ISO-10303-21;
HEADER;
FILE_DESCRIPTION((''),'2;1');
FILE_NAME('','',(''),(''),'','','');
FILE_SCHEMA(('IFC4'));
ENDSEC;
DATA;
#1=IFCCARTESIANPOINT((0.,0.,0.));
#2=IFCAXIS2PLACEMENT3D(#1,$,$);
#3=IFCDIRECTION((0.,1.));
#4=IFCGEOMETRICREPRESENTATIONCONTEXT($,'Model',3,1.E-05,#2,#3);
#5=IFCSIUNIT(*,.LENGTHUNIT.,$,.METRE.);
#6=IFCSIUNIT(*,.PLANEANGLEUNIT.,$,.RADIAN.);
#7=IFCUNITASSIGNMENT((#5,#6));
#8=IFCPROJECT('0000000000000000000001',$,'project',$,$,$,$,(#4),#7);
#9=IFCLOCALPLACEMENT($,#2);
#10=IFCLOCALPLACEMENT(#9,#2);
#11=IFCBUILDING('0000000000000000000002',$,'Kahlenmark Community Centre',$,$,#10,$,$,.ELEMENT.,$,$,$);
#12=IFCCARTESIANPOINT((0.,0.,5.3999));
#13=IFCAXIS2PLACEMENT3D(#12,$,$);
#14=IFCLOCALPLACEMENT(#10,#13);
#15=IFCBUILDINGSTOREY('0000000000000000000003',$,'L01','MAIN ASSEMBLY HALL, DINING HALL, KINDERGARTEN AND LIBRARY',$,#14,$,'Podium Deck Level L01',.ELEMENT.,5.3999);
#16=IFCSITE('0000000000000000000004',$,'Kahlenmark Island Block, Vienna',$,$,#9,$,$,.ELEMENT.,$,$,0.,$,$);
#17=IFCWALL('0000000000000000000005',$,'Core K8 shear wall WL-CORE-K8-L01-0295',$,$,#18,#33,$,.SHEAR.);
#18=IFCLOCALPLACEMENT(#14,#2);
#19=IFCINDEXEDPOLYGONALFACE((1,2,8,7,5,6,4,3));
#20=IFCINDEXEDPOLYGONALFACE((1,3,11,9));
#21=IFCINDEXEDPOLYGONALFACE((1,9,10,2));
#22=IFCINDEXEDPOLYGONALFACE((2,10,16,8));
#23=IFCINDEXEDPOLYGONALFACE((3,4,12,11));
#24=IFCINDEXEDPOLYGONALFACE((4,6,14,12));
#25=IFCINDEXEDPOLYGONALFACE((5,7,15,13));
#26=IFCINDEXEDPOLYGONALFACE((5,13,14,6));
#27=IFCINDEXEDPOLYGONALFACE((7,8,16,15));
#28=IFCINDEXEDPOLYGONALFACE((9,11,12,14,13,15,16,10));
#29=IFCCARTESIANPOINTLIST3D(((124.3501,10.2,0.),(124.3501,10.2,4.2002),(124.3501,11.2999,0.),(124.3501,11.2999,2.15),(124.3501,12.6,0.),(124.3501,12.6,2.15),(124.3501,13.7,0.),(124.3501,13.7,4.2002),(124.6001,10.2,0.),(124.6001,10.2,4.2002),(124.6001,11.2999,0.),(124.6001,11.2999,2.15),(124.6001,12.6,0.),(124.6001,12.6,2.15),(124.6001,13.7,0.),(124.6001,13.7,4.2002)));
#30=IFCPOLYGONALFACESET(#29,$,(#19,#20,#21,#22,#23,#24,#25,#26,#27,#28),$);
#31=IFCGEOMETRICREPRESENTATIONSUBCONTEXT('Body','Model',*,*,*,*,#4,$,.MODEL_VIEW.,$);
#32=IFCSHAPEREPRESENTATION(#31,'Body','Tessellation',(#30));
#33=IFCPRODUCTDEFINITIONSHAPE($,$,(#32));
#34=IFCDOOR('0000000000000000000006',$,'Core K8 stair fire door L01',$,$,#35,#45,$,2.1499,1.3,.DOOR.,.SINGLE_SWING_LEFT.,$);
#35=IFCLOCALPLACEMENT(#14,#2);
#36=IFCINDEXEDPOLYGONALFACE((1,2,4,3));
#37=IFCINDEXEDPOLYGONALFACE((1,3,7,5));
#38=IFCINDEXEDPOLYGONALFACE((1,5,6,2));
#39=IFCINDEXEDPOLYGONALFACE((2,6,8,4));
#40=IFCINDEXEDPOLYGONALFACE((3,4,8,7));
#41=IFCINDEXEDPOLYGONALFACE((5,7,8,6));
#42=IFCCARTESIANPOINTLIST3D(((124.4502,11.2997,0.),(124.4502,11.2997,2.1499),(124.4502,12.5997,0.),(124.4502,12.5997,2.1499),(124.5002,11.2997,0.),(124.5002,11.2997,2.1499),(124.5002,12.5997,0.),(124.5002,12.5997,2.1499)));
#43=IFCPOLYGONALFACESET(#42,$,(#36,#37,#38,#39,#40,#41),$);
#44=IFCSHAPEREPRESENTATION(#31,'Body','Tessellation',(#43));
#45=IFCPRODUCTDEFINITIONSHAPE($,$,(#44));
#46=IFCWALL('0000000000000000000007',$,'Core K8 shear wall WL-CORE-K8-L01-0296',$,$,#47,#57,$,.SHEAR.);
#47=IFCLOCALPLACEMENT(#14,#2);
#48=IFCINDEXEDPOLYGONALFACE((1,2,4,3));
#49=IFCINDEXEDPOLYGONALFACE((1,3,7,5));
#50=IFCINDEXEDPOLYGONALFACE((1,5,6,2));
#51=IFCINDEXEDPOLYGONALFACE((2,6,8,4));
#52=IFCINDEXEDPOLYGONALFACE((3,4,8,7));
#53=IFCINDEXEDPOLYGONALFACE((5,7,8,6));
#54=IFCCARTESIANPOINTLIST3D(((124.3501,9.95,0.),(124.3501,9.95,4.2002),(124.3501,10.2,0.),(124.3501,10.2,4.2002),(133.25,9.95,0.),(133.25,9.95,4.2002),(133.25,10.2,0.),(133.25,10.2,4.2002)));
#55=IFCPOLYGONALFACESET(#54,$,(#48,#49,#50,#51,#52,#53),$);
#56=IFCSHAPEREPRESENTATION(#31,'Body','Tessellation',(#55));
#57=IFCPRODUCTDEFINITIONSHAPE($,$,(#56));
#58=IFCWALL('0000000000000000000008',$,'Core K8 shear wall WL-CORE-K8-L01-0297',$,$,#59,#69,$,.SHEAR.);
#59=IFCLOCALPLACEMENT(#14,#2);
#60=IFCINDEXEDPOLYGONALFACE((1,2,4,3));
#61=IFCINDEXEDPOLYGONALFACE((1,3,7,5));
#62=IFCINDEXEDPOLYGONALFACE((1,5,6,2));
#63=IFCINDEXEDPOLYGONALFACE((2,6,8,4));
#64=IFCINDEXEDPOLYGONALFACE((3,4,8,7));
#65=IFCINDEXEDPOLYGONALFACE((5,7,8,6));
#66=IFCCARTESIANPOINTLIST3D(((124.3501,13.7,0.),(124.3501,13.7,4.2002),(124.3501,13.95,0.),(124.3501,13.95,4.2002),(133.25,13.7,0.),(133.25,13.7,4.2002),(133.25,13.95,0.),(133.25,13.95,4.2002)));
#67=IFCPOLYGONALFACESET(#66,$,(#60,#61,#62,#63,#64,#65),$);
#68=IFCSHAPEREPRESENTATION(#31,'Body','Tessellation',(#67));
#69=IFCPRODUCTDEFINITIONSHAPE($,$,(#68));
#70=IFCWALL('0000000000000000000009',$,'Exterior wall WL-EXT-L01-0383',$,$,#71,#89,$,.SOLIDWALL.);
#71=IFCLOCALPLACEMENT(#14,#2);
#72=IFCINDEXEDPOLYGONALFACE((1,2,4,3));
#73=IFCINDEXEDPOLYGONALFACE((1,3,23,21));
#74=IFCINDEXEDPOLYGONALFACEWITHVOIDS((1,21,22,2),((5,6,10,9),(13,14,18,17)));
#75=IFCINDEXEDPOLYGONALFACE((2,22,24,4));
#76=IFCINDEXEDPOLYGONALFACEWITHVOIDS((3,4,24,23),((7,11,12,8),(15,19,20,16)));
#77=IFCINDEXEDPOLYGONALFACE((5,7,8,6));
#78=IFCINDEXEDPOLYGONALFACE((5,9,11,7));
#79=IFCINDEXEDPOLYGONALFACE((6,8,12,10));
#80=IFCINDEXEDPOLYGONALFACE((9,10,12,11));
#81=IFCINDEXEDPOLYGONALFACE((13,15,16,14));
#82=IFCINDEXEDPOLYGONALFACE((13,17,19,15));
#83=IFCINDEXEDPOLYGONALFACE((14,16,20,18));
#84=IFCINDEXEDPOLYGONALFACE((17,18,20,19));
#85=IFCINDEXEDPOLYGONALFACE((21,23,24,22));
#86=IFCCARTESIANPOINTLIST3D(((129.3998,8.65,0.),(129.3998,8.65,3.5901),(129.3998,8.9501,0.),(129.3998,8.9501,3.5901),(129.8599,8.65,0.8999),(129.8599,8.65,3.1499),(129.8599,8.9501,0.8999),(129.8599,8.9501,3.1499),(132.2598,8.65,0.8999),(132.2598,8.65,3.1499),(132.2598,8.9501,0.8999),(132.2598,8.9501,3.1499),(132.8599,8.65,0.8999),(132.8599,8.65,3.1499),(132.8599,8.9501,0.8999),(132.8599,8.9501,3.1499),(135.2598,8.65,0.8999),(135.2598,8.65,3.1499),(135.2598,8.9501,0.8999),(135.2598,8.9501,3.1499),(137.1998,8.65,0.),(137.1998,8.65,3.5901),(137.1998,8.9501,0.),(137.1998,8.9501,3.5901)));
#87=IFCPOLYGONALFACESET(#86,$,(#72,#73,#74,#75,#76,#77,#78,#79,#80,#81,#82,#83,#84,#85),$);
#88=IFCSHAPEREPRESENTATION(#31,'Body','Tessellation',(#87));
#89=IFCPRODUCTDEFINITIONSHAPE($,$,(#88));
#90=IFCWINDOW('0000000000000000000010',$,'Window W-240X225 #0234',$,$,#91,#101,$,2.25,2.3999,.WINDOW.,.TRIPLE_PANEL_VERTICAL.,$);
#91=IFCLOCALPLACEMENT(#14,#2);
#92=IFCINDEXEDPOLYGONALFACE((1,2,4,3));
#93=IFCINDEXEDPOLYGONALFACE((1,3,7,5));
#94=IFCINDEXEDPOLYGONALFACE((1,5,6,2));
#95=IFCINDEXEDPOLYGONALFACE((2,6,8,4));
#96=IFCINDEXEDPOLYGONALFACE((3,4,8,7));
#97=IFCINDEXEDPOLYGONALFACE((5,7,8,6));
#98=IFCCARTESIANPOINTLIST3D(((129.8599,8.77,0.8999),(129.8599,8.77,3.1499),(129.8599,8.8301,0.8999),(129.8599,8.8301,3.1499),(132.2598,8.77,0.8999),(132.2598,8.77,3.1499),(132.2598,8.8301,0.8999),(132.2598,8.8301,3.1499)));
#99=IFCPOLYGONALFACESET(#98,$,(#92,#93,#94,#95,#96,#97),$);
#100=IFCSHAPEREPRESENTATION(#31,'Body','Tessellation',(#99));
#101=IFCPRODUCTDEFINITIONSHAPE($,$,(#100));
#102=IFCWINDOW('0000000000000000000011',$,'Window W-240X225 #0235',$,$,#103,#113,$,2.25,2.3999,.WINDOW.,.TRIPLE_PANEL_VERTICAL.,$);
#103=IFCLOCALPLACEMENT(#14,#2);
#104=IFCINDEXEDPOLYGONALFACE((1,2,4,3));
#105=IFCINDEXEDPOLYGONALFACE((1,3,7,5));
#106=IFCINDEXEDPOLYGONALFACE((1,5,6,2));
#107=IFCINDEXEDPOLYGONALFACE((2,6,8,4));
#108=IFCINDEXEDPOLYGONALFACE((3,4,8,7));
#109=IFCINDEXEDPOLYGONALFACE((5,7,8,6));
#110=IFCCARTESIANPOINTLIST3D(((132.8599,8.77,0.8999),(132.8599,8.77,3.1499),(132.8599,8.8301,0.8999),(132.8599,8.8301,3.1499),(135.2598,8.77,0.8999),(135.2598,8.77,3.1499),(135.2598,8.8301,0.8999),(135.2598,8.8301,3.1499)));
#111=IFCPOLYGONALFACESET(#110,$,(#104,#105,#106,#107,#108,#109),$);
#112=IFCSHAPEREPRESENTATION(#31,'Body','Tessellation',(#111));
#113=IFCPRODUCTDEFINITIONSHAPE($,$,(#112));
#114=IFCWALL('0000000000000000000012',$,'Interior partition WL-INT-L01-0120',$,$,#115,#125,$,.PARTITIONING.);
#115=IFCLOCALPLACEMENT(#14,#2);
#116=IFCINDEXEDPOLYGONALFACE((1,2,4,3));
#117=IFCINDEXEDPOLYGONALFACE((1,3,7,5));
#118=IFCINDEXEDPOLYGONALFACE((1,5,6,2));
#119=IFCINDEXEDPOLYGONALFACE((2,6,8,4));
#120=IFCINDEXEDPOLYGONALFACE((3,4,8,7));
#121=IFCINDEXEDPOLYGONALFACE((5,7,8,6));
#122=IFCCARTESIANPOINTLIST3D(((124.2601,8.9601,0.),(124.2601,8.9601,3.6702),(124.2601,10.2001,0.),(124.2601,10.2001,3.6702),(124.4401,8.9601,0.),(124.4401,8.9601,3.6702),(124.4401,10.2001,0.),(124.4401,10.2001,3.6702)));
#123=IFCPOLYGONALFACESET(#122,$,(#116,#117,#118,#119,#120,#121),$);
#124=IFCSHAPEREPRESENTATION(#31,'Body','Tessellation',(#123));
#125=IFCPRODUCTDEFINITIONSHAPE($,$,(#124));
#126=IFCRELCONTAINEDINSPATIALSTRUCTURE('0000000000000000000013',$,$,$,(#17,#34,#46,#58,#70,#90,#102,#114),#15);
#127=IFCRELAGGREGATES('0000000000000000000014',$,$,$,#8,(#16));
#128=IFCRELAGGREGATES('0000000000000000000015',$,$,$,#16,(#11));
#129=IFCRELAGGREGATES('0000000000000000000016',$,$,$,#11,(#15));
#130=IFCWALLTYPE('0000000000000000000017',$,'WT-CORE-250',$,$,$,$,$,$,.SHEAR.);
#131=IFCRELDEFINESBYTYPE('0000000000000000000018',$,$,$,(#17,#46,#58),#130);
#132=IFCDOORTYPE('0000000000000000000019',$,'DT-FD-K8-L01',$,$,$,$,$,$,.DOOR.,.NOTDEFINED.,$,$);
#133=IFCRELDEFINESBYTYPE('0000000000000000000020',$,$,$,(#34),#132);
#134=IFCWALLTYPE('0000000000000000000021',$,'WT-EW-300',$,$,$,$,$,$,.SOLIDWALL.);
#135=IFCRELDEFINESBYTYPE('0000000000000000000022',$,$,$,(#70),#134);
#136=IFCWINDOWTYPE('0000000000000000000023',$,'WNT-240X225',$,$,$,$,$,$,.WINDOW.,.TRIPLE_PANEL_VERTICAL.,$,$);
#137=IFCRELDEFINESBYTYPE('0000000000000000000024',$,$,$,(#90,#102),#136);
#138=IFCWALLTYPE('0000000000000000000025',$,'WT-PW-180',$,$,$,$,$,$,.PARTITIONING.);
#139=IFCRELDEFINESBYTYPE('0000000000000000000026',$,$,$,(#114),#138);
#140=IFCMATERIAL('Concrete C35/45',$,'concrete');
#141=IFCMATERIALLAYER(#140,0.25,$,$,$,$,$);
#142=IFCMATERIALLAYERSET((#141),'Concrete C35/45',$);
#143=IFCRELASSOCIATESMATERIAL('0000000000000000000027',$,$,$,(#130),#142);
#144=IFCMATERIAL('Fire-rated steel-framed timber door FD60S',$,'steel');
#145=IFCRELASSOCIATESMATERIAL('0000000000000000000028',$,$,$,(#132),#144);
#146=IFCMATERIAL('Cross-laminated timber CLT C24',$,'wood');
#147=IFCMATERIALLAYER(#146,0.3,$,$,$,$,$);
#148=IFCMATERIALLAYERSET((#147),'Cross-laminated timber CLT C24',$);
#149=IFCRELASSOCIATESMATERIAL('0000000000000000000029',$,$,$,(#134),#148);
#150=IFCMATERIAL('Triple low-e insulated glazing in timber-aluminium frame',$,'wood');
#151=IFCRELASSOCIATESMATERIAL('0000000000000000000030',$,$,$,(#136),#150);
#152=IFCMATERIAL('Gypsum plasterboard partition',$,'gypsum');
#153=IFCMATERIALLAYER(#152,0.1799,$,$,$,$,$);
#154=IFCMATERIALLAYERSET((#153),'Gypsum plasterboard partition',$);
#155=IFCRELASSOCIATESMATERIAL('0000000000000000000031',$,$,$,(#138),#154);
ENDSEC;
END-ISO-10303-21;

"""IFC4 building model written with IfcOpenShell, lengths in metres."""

from ifc_helpers import new_model, si_unit, direction, frame, frame_2d, origin, place, context, subcontext, project, spatial, rectangle, extrude, material, layer, layer_set, type_object, element, fill, save


model = new_model("IFC4")

# Units and contexts
model_context = context("Model", 3, precision=1e-05, world=origin(), true_north=direction((0.0, 1.0)))
body_context = subcontext(model_context, "Body", "Model", "MODEL_VIEW")
ifc_project = project(units=[si_unit("LENGTHUNIT", "METRE"), si_unit("PLANEANGLEUNIT", "RADIAN")], contexts=[model_context])

# Site, building, storey
site_placement = place(None, origin())
site = spatial("IfcSite", under=ifc_project, at=site_placement, Name="Kahlenmark Island Block, Vienna", CompositionType="ELEMENT", RefElevation=0.0)
building_placement = place(site_placement, origin())
building = spatial("IfcBuilding", under=site, at=building_placement, Name="Kahlenmark Community Centre", CompositionType="ELEMENT")
storey_placement = place(building_placement, frame((0.0, 0.0, 5.3999)))
storey = spatial("IfcBuildingStorey", under=building, at=storey_placement, Name="L01", Description="MAIN ASSEMBLY HALL, DINING HALL, KINDERGARTEN AND LIBRARY", LongName="Podium Deck Level L01", CompositionType="ELEMENT", Elevation=5.3999)

# Shared definitions
ifc_material_1 = material(Name="Concrete C35/45", Category="concrete")

# Wall, opening, door
ifc_layer_1 = layer(ifc_material_1, 0.25)
ifc_layer_set_1 = layer_set([ifc_layer_1], Name="Concrete C35/45")
wall_type_1 = type_object("IfcWallType", Name="WT-CORE-250", PredefinedType="SHEAR", material=ifc_layer_set_1)
wall_1_placement = place(storey_placement, frame((124.4751, 13.7, 0.0), z_axis=(0.0, 0.0, 1.0), x_axis=(0.0, -1.0, 0.0)))
wall_1 = element("IfcWall", 1, at=wall_1_placement, inside=storey, type_object=wall_type_1, Name="Core K8 shear wall WL-CORE-K8-L01-0295", PredefinedType="SHEAR", context=body_context, shape_type="SweptSolid", body=[
    extrude(rectangle(XDim=3.5, YDim=0.25, at=frame_2d((1.75, 0.0))), origin(), (0.0, 0.0, 1.0), 4.2002),
])
opening_1_placement = place(wall_1_placement, frame((1.1001, 0.0, -0.01)))
opening_1 = element("IfcOpeningElement", 2, at=opening_1_placement, cuts=wall_1, PredefinedType="OPENING", context=body_context, shape_type="SweptSolid", body=[
    extrude(rectangle(XDim=1.3, YDim=2.1599, at=frame_2d((0.6499, 1.0801))), frame((0.0, 0.135, 0.0), z_axis=(0.0, -1.0, 0.0), x_axis=(1.0, 0.0, 0.0)), (0.0, 0.0, 1.0), 0.27),
])
ifc_material_2 = material(Name="Fire-rated steel-framed timber door FD60S", Category="steel")
door_type = type_object("IfcDoorType", Name="DT-FD-K8-L01", OperationType="NOTDEFINED", PredefinedType="DOOR", material=ifc_material_2)
door_placement = place(opening_1_placement, frame((1.3, 0.0, 0.01), z_axis=(0.0, 0.0, 1.0), x_axis=(-1.0, 0.0, 0.0)))
door = element("IfcDoor", 3, at=door_placement, inside=storey, type_object=door_type, Name="Core K8 stair fire door L01", OperationType="SINGLE_SWING_LEFT", OverallHeight=2.1499, OverallWidth=1.3, PredefinedType="DOOR", context=body_context, shape_type="SweptSolid", body=[
    extrude(rectangle(XDim=1.3, YDim=2.1499, at=frame_2d((0.6499, 1.075))), frame((0.0, 0.0249, 0.0), z_axis=(0.0, -1.0, 0.0), x_axis=(1.0, 0.0, 0.0)), (0.0, 0.0, 1.0), 0.05),
])
fill(opening_1, door)

# Walls
for number, where, z_axis, x_axis, name in (
    (4, (124.3501, 10.075, 0.0), (0.0, 0.0, 1.0), (1.0, 0.0, 0.0), "Core K8 shear wall WL-CORE-K8-L01-0296"),
    (5, (124.3501, 13.825, 0.0), (0.0, 0.0, 1.0), (1.0, 0.0, 0.0), "Core K8 shear wall WL-CORE-K8-L01-0297"),
):
    element("IfcWall", number, at=place(storey_placement, frame(where, z_axis=z_axis, x_axis=x_axis)), inside=storey, type_object=wall_type_1, Name=name, PredefinedType="SHEAR", context=body_context, shape_type="SweptSolid", body=[
        extrude(rectangle(XDim=8.8999, YDim=0.25, at=frame_2d((4.45, 0.0))), origin(), (0.0, 0.0, 1.0), 4.2002),
    ])

# Wall, openings, windows
ifc_material_3 = material(Name="Cross-laminated timber CLT C24", Category="wood")
ifc_layer_2 = layer(ifc_material_3, 0.3)
ifc_layer_set_2 = layer_set([ifc_layer_2], Name="Cross-laminated timber CLT C24")
wall_type_2 = type_object("IfcWallType", Name="WT-EW-300", PredefinedType="SOLIDWALL", material=ifc_layer_set_2)
wall_2_placement = place(storey_placement, frame((129.3999, 8.8, 0.0), z_axis=(0.0, 0.0, 1.0), x_axis=(1.0, 0.0, 0.0)))
wall_2 = element("IfcWall", 6, at=wall_2_placement, inside=storey, type_object=wall_type_2, Name="Exterior wall WL-EXT-L01-0383", PredefinedType="SOLIDWALL", context=body_context, shape_type="SweptSolid", body=[
    extrude(rectangle(XDim=7.8, YDim=0.3, at=frame_2d((3.8999, 0.0))), origin(), (0.0, 0.0, 1.0), 3.5901),
])
opening_2_placement = place(wall_2_placement, frame((0.46, 0.0, 0.8999)))
opening_2 = element("IfcOpeningElement", 7, at=opening_2_placement, cuts=wall_2, PredefinedType="OPENING", context=body_context, shape_type="SweptSolid", body=[
    extrude(rectangle(XDim=2.3999, YDim=2.25, at=frame_2d((1.2, 1.125))), frame((0.0, 0.1599, 0.0), z_axis=(0.0, -1.0, 0.0), x_axis=(1.0, 0.0, 0.0)), (0.0, 0.0, 1.0), 0.3201),
])
opening_3_placement = place(wall_2_placement, frame((3.46, 0.0, 0.8999)))
opening_3 = element("IfcOpeningElement", 8, at=opening_3_placement, cuts=wall_2, PredefinedType="OPENING", context=body_context, shape_type="SweptSolid", body=[
    extrude(rectangle(XDim=2.3999, YDim=2.25, at=frame_2d((1.2, 1.125))), frame((0.0, 0.1599, 0.0), z_axis=(0.0, -1.0, 0.0), x_axis=(1.0, 0.0, 0.0)), (0.0, 0.0, 1.0), 0.3201),
])
ifc_material_4 = material(Name="Triple low-e insulated glazing in timber-aluminium frame", Category="wood")
window_type = type_object("IfcWindowType", Name="WNT-240X225", PartitioningType="TRIPLE_PANEL_VERTICAL", PredefinedType="WINDOW", material=ifc_material_4)
window_1_placement = place(opening_2_placement, origin())
window_1 = element("IfcWindow", 9, at=window_1_placement, inside=storey, type_object=window_type, Name="Window W-240X225 #0234", OverallHeight=2.25, OverallWidth=2.3999, PartitioningType="TRIPLE_PANEL_VERTICAL", PredefinedType="WINDOW", context=body_context, shape_type="SweptSolid", body=[
    extrude(rectangle(XDim=2.3999, YDim=2.25, at=frame_2d((1.2, 1.125))), frame((0.0, 0.03, 0.0), z_axis=(0.0, -1.0, 0.0), x_axis=(1.0, 0.0, 0.0)), (0.0, 0.0, 1.0), 0.0601),
])
fill(opening_2, window_1)
window_2_placement = place(opening_3_placement, origin())
window_2 = element("IfcWindow", 10, at=window_2_placement, inside=storey, type_object=window_type, Name="Window W-240X225 #0235", OverallHeight=2.25, OverallWidth=2.3999, PartitioningType="TRIPLE_PANEL_VERTICAL", PredefinedType="WINDOW", context=body_context, shape_type="SweptSolid", body=[
    extrude(rectangle(XDim=2.3999, YDim=2.25, at=frame_2d((1.2, 1.125))), frame((0.0, 0.03, 0.0), z_axis=(0.0, -1.0, 0.0), x_axis=(1.0, 0.0, 0.0)), (0.0, 0.0, 1.0), 0.0601),
])
fill(opening_3, window_2)

# Wall
ifc_material_5 = material(Name="Gypsum plasterboard partition", Category="gypsum")
ifc_layer_3 = layer(ifc_material_5, 0.1799)
ifc_layer_set_3 = layer_set([ifc_layer_3], Name="Gypsum plasterboard partition")
wall_type_3 = type_object("IfcWallType", Name="WT-PW-180", PredefinedType="PARTITIONING", material=ifc_layer_set_3)
wall_3_placement = place(storey_placement, frame((124.3501, 8.96, 0.0), z_axis=(0.0, 0.0, 1.0), x_axis=(0.0, 1.0, 0.0)))
element("IfcWall", 11, at=wall_3_placement, inside=storey, type_object=wall_type_3, Name="Interior partition WL-INT-L01-0120", PredefinedType="PARTITIONING", context=body_context, shape_type="SweptSolid", body=[
    extrude(rectangle(XDim=1.24, YDim=0.1799, at=frame_2d((0.6201, 0.0))), origin(), (0.0, 0.0, 1.0), 3.6702),
])

save(model, "model.ifc")
